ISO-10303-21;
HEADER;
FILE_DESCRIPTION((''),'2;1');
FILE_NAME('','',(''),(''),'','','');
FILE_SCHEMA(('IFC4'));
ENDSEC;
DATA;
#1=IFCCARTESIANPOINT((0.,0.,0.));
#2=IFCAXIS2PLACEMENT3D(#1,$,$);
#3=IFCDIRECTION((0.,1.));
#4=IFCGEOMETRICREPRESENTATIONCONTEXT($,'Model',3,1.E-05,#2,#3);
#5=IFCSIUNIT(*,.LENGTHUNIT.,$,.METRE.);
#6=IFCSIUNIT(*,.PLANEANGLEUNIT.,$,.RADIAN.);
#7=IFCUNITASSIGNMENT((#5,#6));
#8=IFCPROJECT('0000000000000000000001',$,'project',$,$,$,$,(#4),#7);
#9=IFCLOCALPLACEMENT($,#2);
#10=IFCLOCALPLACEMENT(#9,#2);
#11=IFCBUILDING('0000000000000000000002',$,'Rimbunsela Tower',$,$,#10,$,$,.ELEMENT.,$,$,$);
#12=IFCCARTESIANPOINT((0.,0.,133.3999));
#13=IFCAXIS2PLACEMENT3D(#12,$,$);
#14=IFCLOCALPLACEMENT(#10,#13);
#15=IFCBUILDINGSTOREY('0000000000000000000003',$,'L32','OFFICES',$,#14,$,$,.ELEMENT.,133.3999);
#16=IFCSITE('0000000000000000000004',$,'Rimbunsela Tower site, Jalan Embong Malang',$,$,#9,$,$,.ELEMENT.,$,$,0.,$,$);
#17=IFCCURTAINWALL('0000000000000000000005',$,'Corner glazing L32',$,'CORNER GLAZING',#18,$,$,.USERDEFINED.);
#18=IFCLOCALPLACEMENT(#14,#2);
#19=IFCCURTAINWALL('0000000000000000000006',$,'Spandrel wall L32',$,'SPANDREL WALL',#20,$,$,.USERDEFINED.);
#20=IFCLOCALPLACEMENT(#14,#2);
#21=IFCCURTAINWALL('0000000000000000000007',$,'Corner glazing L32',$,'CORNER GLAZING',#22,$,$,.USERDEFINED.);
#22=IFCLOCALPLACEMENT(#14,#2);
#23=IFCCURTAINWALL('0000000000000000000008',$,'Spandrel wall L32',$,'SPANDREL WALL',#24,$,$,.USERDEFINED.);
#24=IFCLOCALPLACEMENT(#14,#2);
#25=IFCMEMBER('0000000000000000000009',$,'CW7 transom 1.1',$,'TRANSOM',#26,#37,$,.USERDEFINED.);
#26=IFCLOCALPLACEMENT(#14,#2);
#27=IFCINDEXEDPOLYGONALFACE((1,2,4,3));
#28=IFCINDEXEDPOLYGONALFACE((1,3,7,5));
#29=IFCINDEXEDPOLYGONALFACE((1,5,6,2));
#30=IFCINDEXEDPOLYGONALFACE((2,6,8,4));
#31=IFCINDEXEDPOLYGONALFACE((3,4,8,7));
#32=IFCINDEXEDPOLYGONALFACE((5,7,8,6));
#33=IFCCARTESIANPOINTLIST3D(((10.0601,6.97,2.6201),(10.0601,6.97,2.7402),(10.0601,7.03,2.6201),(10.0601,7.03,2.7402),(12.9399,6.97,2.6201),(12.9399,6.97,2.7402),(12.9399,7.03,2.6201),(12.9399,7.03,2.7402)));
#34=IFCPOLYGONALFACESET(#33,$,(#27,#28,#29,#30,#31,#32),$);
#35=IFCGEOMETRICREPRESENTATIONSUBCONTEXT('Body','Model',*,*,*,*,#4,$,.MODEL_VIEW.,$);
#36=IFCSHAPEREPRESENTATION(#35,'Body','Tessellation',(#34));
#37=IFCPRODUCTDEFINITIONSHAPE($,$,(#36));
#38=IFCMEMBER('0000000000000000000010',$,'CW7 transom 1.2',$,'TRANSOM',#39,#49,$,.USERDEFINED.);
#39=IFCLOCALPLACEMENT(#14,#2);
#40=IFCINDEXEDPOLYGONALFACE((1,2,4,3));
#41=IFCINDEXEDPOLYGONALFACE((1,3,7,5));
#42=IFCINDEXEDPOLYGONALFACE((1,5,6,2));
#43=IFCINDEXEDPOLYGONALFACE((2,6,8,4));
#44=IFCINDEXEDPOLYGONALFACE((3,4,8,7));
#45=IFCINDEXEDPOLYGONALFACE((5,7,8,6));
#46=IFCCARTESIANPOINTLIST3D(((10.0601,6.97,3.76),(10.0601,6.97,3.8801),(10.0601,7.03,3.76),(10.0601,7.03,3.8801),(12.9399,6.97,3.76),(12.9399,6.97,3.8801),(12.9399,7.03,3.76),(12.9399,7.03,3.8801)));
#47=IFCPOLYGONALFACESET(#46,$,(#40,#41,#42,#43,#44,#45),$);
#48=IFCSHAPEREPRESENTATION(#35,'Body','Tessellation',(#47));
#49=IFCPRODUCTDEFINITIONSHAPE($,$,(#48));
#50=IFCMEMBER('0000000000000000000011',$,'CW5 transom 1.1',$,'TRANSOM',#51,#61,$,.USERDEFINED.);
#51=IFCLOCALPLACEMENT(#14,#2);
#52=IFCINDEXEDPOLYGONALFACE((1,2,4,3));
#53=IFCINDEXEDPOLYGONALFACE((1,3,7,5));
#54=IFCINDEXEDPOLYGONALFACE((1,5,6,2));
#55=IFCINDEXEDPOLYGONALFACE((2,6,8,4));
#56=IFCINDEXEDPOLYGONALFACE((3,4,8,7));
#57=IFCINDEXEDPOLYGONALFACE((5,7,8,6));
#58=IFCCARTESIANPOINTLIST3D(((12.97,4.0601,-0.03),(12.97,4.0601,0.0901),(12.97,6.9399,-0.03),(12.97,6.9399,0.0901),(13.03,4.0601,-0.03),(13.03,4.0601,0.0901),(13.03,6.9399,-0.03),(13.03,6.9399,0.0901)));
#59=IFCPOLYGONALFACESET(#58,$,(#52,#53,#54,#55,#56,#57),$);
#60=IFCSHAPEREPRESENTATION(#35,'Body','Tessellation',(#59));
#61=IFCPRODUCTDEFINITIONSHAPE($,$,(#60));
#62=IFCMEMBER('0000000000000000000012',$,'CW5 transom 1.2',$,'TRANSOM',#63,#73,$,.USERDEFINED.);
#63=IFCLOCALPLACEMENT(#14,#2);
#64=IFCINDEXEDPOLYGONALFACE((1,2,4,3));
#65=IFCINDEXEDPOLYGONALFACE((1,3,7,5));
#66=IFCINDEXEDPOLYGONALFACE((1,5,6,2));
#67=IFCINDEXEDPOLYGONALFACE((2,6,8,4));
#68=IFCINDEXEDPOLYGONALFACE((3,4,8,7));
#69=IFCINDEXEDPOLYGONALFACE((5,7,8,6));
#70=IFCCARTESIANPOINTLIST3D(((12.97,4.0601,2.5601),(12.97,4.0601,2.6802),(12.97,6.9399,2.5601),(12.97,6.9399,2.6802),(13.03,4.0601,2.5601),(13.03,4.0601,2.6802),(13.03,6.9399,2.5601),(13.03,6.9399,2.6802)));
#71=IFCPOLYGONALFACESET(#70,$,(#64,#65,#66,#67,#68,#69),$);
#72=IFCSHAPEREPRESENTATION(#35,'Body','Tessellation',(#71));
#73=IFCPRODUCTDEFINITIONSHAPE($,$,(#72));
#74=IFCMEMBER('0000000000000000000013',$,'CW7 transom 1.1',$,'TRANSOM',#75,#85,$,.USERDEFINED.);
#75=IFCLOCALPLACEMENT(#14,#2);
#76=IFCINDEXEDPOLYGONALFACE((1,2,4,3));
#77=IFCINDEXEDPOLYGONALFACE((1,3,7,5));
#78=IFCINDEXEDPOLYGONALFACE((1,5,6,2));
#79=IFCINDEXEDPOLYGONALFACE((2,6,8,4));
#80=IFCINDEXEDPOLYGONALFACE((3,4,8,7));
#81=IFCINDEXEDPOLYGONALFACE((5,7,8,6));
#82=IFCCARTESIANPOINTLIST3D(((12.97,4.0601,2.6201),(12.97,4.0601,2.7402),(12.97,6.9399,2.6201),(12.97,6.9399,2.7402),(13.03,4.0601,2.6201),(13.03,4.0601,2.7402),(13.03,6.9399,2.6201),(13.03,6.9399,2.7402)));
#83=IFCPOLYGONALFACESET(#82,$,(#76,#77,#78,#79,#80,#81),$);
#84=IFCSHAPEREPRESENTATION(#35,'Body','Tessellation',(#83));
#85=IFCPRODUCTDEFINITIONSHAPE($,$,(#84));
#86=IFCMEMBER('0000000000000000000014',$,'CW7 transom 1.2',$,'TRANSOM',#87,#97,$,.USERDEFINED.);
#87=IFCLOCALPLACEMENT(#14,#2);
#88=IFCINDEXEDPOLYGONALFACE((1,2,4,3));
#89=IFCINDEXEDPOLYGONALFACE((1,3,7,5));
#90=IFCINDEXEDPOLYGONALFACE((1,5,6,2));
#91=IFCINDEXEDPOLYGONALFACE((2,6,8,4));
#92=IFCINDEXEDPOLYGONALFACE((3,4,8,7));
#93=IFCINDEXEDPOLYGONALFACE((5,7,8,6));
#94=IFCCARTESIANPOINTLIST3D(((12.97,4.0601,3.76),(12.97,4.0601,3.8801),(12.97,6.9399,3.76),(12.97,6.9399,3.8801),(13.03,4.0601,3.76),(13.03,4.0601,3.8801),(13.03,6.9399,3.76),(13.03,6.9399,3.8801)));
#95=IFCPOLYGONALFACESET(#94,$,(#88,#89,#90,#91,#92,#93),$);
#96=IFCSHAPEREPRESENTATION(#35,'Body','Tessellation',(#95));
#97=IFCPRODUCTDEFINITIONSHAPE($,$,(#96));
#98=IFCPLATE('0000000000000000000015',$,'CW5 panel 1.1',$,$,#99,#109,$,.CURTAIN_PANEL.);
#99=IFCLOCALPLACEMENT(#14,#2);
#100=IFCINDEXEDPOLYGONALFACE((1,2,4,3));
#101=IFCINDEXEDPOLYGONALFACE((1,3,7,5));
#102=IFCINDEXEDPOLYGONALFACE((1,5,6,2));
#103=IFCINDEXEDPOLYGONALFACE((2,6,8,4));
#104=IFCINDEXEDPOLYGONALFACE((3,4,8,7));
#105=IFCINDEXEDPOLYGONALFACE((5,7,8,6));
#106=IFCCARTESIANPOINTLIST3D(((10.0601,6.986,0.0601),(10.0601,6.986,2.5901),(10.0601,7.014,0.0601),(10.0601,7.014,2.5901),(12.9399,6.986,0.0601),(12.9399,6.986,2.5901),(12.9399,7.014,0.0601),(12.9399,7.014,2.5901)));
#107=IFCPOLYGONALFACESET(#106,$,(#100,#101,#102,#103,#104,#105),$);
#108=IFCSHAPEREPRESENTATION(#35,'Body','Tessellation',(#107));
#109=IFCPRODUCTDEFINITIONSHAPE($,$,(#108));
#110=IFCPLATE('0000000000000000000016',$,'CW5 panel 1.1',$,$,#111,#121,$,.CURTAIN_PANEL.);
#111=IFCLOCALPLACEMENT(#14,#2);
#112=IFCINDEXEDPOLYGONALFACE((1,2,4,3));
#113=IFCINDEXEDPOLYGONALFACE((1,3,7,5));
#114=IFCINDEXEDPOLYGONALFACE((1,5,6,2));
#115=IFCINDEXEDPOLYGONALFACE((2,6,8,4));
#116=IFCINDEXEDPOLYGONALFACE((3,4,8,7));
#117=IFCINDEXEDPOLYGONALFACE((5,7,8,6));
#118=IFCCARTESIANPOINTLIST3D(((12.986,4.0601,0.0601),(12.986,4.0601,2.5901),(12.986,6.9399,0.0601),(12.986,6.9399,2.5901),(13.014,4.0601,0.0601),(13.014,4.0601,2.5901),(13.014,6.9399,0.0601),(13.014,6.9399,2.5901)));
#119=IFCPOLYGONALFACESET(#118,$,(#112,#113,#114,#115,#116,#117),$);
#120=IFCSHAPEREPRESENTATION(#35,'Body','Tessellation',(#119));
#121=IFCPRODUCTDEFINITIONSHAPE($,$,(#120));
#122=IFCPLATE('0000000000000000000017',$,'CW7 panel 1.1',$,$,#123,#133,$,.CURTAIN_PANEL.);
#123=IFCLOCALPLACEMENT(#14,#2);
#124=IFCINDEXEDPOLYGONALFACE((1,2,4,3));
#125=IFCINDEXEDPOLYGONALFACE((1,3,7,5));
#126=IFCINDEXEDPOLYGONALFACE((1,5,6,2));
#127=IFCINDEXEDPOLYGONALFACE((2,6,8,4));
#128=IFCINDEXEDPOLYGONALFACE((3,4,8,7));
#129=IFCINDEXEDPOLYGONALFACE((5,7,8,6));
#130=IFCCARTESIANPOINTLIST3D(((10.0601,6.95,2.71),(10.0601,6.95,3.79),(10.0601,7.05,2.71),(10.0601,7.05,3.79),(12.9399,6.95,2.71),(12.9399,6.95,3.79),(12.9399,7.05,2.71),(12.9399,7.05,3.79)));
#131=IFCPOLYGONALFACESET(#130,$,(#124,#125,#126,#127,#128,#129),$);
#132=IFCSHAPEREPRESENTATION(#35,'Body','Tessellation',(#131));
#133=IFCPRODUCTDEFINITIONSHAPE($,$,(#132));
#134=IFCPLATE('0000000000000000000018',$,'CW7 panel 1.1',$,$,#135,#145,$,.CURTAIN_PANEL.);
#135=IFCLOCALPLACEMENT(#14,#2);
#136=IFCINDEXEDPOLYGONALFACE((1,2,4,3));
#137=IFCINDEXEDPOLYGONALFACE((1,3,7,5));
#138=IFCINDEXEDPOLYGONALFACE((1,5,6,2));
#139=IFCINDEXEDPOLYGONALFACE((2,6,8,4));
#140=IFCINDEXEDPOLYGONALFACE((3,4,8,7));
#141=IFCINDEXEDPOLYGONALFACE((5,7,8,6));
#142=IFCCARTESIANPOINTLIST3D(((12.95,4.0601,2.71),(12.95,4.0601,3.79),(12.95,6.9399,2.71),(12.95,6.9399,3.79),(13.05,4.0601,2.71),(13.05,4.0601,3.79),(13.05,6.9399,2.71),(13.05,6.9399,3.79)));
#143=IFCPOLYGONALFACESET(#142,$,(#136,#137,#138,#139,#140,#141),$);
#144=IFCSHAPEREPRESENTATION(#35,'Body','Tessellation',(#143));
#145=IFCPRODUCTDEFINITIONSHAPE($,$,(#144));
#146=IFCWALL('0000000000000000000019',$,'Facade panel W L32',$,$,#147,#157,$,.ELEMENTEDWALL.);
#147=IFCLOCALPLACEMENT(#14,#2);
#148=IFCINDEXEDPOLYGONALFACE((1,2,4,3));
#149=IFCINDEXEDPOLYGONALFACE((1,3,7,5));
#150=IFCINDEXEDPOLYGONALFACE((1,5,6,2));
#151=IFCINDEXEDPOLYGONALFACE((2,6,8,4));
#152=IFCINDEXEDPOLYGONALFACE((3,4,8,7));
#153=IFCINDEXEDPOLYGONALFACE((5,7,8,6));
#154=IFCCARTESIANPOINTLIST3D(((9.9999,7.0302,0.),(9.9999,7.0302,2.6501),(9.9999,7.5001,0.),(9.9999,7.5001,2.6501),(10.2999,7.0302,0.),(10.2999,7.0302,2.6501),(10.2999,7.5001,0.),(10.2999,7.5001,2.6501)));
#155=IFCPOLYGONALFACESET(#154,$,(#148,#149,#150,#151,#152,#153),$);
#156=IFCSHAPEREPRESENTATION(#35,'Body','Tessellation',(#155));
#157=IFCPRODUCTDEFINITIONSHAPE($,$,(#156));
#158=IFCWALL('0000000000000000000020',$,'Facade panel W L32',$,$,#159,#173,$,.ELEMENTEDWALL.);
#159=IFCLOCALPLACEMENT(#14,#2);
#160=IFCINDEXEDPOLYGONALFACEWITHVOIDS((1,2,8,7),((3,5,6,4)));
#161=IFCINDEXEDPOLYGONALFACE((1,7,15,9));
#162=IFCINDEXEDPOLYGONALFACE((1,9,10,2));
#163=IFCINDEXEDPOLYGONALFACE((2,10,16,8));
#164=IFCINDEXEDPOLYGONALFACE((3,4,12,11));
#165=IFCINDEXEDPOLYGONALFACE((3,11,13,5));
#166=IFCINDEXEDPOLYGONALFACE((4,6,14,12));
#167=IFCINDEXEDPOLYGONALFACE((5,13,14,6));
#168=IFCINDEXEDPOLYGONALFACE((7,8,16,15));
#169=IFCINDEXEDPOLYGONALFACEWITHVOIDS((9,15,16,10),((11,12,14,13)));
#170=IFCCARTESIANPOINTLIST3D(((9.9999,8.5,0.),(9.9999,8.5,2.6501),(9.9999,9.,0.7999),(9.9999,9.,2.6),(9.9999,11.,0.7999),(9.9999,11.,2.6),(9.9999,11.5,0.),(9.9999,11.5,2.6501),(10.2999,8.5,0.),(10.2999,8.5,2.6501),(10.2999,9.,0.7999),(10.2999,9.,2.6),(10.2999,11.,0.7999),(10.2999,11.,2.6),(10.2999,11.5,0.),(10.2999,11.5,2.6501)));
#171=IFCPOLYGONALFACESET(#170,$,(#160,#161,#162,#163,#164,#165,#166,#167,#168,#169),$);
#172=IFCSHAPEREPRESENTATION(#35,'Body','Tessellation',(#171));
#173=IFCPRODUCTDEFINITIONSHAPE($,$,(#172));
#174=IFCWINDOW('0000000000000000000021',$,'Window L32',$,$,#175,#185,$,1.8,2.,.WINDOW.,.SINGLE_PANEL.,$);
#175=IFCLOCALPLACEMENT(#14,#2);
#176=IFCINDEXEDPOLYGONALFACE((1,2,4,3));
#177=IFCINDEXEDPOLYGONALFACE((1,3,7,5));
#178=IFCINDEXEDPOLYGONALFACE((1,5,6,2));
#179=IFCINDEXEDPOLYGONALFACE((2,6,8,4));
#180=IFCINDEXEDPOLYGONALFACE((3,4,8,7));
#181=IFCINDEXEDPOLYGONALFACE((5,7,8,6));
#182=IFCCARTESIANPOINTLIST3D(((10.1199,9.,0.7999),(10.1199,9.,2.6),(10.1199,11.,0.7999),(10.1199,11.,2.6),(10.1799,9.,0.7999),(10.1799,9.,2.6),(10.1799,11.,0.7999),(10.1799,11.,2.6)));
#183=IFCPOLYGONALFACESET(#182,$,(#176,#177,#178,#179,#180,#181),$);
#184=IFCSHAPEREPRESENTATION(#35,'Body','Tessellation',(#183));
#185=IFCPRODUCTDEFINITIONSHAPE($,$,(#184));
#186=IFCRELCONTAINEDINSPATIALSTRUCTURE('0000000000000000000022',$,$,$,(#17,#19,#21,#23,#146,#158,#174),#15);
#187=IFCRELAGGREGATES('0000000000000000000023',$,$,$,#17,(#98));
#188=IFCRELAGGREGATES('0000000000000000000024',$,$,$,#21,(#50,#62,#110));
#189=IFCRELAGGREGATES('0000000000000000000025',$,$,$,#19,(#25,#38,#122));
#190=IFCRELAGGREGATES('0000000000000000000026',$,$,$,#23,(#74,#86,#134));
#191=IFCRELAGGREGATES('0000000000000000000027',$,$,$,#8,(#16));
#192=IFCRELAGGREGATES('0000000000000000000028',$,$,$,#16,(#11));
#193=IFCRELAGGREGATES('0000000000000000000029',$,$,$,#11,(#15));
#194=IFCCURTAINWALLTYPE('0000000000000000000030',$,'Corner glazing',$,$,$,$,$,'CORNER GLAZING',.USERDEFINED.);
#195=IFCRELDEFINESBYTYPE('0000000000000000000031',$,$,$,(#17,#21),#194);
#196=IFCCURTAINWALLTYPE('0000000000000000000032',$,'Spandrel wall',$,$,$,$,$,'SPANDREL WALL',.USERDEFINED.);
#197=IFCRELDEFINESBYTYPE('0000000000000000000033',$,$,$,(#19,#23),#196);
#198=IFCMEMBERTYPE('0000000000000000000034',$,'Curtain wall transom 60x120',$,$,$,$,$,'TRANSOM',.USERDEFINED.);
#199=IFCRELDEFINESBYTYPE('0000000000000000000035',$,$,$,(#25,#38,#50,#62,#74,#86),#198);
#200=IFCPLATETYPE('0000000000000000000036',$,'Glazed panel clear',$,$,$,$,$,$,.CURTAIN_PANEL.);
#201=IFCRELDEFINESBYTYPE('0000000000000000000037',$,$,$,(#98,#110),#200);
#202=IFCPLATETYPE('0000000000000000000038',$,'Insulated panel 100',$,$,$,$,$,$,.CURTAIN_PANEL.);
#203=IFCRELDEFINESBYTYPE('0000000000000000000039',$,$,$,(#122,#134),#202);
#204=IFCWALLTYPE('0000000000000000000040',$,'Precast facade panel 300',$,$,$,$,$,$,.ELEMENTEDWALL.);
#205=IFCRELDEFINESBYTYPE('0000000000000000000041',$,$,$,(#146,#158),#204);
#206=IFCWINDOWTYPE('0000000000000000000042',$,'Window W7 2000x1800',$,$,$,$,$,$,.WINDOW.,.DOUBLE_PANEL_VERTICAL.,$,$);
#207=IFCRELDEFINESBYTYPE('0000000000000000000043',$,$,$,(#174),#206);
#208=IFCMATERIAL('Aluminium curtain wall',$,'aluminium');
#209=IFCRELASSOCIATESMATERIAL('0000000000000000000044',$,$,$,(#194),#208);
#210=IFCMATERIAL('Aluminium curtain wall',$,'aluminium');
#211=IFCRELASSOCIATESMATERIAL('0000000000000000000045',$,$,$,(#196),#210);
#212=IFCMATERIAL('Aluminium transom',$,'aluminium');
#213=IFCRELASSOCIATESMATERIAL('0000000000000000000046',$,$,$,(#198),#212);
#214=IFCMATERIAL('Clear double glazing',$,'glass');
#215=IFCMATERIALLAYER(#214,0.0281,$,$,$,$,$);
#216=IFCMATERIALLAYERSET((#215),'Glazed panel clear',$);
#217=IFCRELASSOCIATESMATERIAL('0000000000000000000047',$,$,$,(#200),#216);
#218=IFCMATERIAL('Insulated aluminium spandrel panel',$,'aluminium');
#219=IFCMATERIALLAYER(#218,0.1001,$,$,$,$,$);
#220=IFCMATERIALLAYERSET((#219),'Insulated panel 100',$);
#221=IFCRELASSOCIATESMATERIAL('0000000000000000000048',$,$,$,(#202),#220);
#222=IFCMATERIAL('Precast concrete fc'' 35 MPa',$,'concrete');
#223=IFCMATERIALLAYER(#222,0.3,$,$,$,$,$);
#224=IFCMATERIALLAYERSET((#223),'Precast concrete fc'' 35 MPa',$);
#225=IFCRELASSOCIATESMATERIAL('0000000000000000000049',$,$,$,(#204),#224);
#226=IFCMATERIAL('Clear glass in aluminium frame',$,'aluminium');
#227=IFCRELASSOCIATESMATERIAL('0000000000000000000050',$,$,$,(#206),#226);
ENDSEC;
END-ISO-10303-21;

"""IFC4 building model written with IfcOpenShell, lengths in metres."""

from ifc_helpers import new_model, si_unit, direction, frame, frame_2d, origin, origin_2d, place, context, subcontext, project, spatial, rectangle, extrude, material, layer, layer_set, material_profile, profile_set, type_object, element, fill, aggregate, save


model = new_model("IFC4")

# Units and contexts
model_context = context("Model", 3, precision=1e-05, world=origin(), true_north=direction((0.0, 1.0)))
body_context = subcontext(model_context, "Body", "Model", "MODEL_VIEW")
ifc_project = project(units=[si_unit("LENGTHUNIT", "METRE"), si_unit("PLANEANGLEUNIT", "RADIAN")], contexts=[model_context])

# Site, building, storey
site_placement = place(None, origin())
site = spatial("IfcSite", under=ifc_project, at=site_placement, Name="Rimbunsela Tower site, Jalan Embong Malang", CompositionType="ELEMENT", RefElevation=0.0)
building_placement = place(site_placement, origin())
building = spatial("IfcBuilding", under=site, at=building_placement, Name="Rimbunsela Tower", CompositionType="ELEMENT")
storey_placement = place(building_placement, frame((0.0, 0.0, 133.3999)))
storey = spatial("IfcBuildingStorey", under=building, at=storey_placement, Name="L32", Description="OFFICES", CompositionType="ELEMENT", Elevation=133.3999)

# Curtain walls
ifc_material_1 = material(Name="Aluminium curtain wall", Category="aluminium")
curtain_wall_type_1 = type_object("IfcCurtainWallType", Name="Corner glazing", ElementType="CORNER GLAZING", PredefinedType="USERDEFINED", material=ifc_material_1)
curtain_wall_1_placement = place(storey_placement, origin())
curtain_wall_1 = element("IfcCurtainWall", 1, at=curtain_wall_1_placement, inside=storey, type_object=curtain_wall_type_1, Name="Corner glazing L32", ObjectType="CORNER GLAZING", PredefinedType="USERDEFINED")
ifc_material_2 = material(Name="Aluminium curtain wall", Category="aluminium")
curtain_wall_type_2 = type_object("IfcCurtainWallType", Name="Spandrel wall", ElementType="SPANDREL WALL", PredefinedType="USERDEFINED", material=ifc_material_2)
curtain_wall_2_placement = place(storey_placement, origin())
curtain_wall_2 = element("IfcCurtainWall", 2, at=curtain_wall_2_placement, inside=storey, type_object=curtain_wall_type_2, Name="Spandrel wall L32", ObjectType="SPANDREL WALL", PredefinedType="USERDEFINED")
curtain_wall_3_placement = place(storey_placement, origin())
curtain_wall_3 = element("IfcCurtainWall", 3, at=curtain_wall_3_placement, inside=storey, type_object=curtain_wall_type_1, Name="Corner glazing L32", ObjectType="CORNER GLAZING", PredefinedType="USERDEFINED")
curtain_wall_4_placement = place(storey_placement, origin())
curtain_wall_4 = element("IfcCurtainWall", 4, at=curtain_wall_4_placement, inside=storey, type_object=curtain_wall_type_2, Name="Spandrel wall L32", ObjectType="SPANDREL WALL", PredefinedType="USERDEFINED")

# Members
ifc_material_3 = material(Name="Aluminium transom", Category="aluminium")
ifc_material_profile_1 = material_profile(ifc_material_3, rectangle(XDim=0.0601, YDim=0.1201, at=origin_2d()), Name="Transom 60x120")
ifc_profile_set_1 = profile_set([ifc_material_profile_1], Name="Aluminium transom")
member_type_1 = type_object("IfcMemberType", Name="Curtain wall transom 60x120", ElementType="TRANSOM", PredefinedType="USERDEFINED", material=ifc_profile_set_1)
member_1_placement = place(storey_placement, frame((10.0601, 7.0, 2.6802), z_axis=(1.0, 0.0, 0.0), x_axis=(0.0, 1.0, 0.0)))
member_1 = element("IfcMember", 5, at=member_1_placement, type_object=member_type_1, Name="CW7 transom 1.1", ObjectType="TRANSOM", PredefinedType="USERDEFINED", context=body_context, shape_type="SweptSolid", body=[
    extrude(rectangle(XDim=0.0601, YDim=0.1201, at=origin_2d()), origin(), (0.0, 0.0, 1.0), 2.8799),
])
member_2_placement = place(storey_placement, frame((10.0601, 7.0, 3.8201), z_axis=(1.0, 0.0, 0.0), x_axis=(0.0, 1.0, 0.0)))
member_2 = element("IfcMember", 6, at=member_2_placement, type_object=member_type_1, Name="CW7 transom 1.2", ObjectType="TRANSOM", PredefinedType="USERDEFINED", context=body_context, shape_type="SweptSolid", body=[
    extrude(rectangle(XDim=0.0601, YDim=0.1201, at=origin_2d()), origin(), (0.0, 0.0, 1.0), 2.8799),
])
member_3_placement = place(storey_placement, frame((13.0, 6.9399, 0.03), z_axis=(0.0, -1.0, 0.0), x_axis=(1.0, 0.0, 0.0)))
member_3 = element("IfcMember", 7, at=member_3_placement, type_object=member_type_1, Name="CW5 transom 1.1", ObjectType="TRANSOM", PredefinedType="USERDEFINED", context=body_context, shape_type="SweptSolid", body=[
    extrude(rectangle(XDim=0.0601, YDim=0.1201, at=origin_2d()), origin(), (0.0, 0.0, 1.0), 2.8799),
])
member_4_placement = place(storey_placement, frame((13.0, 6.9399, 2.6201), z_axis=(0.0, -1.0, 0.0), x_axis=(1.0, 0.0, 0.0)))
member_4 = element("IfcMember", 8, at=member_4_placement, type_object=member_type_1, Name="CW5 transom 1.2", ObjectType="TRANSOM", PredefinedType="USERDEFINED", context=body_context, shape_type="SweptSolid", body=[
    extrude(rectangle(XDim=0.0601, YDim=0.1201, at=origin_2d()), origin(), (0.0, 0.0, 1.0), 2.8799),
])
member_5_placement = place(storey_placement, frame((13.0, 6.9399, 2.6802), z_axis=(0.0, -1.0, 0.0), x_axis=(1.0, 0.0, 0.0)))
member_5 = element("IfcMember", 9, at=member_5_placement, type_object=member_type_1, Name="CW7 transom 1.1", ObjectType="TRANSOM", PredefinedType="USERDEFINED", context=body_context, shape_type="SweptSolid", body=[
    extrude(rectangle(XDim=0.0601, YDim=0.1201, at=origin_2d()), origin(), (0.0, 0.0, 1.0), 2.8799),
])
member_6_placement = place(storey_placement, frame((13.0, 6.9399, 3.8201), z_axis=(0.0, -1.0, 0.0), x_axis=(1.0, 0.0, 0.0)))
member_6 = element("IfcMember", 10, at=member_6_placement, type_object=member_type_1, Name="CW7 transom 1.2", ObjectType="TRANSOM", PredefinedType="USERDEFINED", context=body_context, shape_type="SweptSolid", body=[
    extrude(rectangle(XDim=0.0601, YDim=0.1201, at=origin_2d()), origin(), (0.0, 0.0, 1.0), 2.8799),
])

# Plates
ifc_material_4 = material(Name="Clear double glazing", Category="glass")
ifc_layer_1 = layer(ifc_material_4, 0.0281)
ifc_layer_set_1 = layer_set([ifc_layer_1], Name="Glazed panel clear")
plate_type_1 = type_object("IfcPlateType", Name="Glazed panel clear", PredefinedType="CURTAIN_PANEL", material=ifc_layer_set_1)
plate_1_placement = place(storey_placement, frame((11.5, 7.0, 0.0601), z_axis=(0.0, 0.0, 1.0), x_axis=(1.0, 0.0, 0.0)))
plate_1 = element("IfcPlate", 11, at=plate_1_placement, type_object=plate_type_1, Name="CW5 panel 1.1", PredefinedType="CURTAIN_PANEL", context=body_context, shape_type="SweptSolid", body=[
    extrude(rectangle(XDim=2.8799, YDim=0.0281, at=origin_2d()), origin(), (0.0, 0.0, 1.0), 2.53),
])
aggregate(curtain_wall_1, [plate_1])
plate_2_placement = place(storey_placement, frame((13.0, 5.5, 0.0601), z_axis=(0.0, 0.0, 1.0), x_axis=(0.0, -1.0, 0.0)))
plate_2 = element("IfcPlate", 12, at=plate_2_placement, type_object=plate_type_1, Name="CW5 panel 1.1", PredefinedType="CURTAIN_PANEL", context=body_context, shape_type="SweptSolid", body=[
    extrude(rectangle(XDim=2.8799, YDim=0.0281, at=origin_2d()), origin(), (0.0, 0.0, 1.0), 2.53),
])
aggregate(curtain_wall_3, [member_3, member_4, plate_2])
ifc_material_5 = material(Name="Insulated aluminium spandrel panel", Category="aluminium")
ifc_layer_2 = layer(ifc_material_5, 0.1001)
ifc_layer_set_2 = layer_set([ifc_layer_2], Name="Insulated panel 100")
plate_type_2 = type_object("IfcPlateType", Name="Insulated panel 100", PredefinedType="CURTAIN_PANEL", material=ifc_layer_set_2)
plate_3_placement = place(storey_placement, frame((11.5, 7.0, 2.71), z_axis=(0.0, 0.0, 1.0), x_axis=(1.0, 0.0, 0.0)))
plate_3 = element("IfcPlate", 13, at=plate_3_placement, type_object=plate_type_2, Name="CW7 panel 1.1", PredefinedType="CURTAIN_PANEL", context=body_context, shape_type="SweptSolid", body=[
    extrude(rectangle(XDim=2.8799, YDim=0.1001, at=origin_2d()), origin(), (0.0, 0.0, 1.0), 1.0801),
])
aggregate(curtain_wall_2, [member_1, member_2, plate_3])
plate_4_placement = place(storey_placement, frame((13.0, 5.5, 2.71), z_axis=(0.0, 0.0, 1.0), x_axis=(0.0, -1.0, 0.0)))
plate_4 = element("IfcPlate", 14, at=plate_4_placement, type_object=plate_type_2, Name="CW7 panel 1.1", PredefinedType="CURTAIN_PANEL", context=body_context, shape_type="SweptSolid", body=[
    extrude(rectangle(XDim=2.8799, YDim=0.1001, at=origin_2d()), origin(), (0.0, 0.0, 1.0), 1.0801),
])
aggregate(curtain_wall_4, [member_5, member_6, plate_4])

# Wall
ifc_material_6 = material(Name="Precast concrete fc' 35 MPa", Category="concrete")
ifc_layer_3 = layer(ifc_material_6, 0.3)
ifc_layer_set_3 = layer_set([ifc_layer_3], Name="Precast concrete fc' 35 MPa")
wall_type = type_object("IfcWallType", Name="Precast facade panel 300", PredefinedType="ELEMENTEDWALL", material=ifc_layer_set_3)
wall_1_placement = place(storey_placement, frame((10.1499, 7.5, 0.0), z_axis=(0.0, 0.0, 1.0), x_axis=(0.0, -1.0, 0.0)))
element("IfcWall", 15, at=wall_1_placement, inside=storey, type_object=wall_type, Name="Facade panel W L32", PredefinedType="ELEMENTEDWALL", context=body_context, shape_type="SweptSolid", body=[
    extrude(rectangle(XDim=0.47, YDim=0.3, at=frame_2d((0.2349, 0.0))), origin(), (0.0, 0.0, 1.0), 2.6501),
])

# Wall, opening, window
wall_2_placement = place(storey_placement, frame((10.1499, 11.5, 0.0), z_axis=(0.0, 0.0, 1.0), x_axis=(0.0, -1.0, 0.0)))
wall_2 = element("IfcWall", 16, at=wall_2_placement, inside=storey, type_object=wall_type, Name="Facade panel W L32", PredefinedType="ELEMENTEDWALL", context=body_context, shape_type="SweptSolid", body=[
    extrude(rectangle(XDim=3.0, YDim=0.3, at=frame_2d((1.5, 0.0))), origin(), (0.0, 0.0, 1.0), 2.6501),
])
opening_1_placement = place(wall_2_placement, frame((0.5, 0.0, 0.8)))
opening_1 = element("IfcOpeningElement", 17, at=opening_1_placement, cuts=wall_2, PredefinedType="OPENING", context=body_context, shape_type="SweptSolid", body=[
    extrude(rectangle(XDim=2.0, YDim=1.8, at=frame_2d((1.0, 0.8999))), frame((0.0, 0.1599, 0.0), z_axis=(0.0, -1.0, 0.0), x_axis=(1.0, 0.0, 0.0)), (0.0, 0.0, 1.0), 0.3201),
])
ifc_material_7 = material(Name="Clear glass in aluminium frame", Category="aluminium")
window_type = type_object("IfcWindowType", Name="Window W7 2000x1800", PartitioningType="DOUBLE_PANEL_VERTICAL", PredefinedType="WINDOW", material=ifc_material_7)
window_1_placement = place(opening_1_placement, origin())
window_1 = element("IfcWindow", 18, at=window_1_placement, inside=storey, type_object=window_type, Name="Window L32", OverallHeight=1.8, OverallWidth=2.0, PartitioningType="SINGLE_PANEL", PredefinedType="WINDOW", context=body_context, shape_type="SweptSolid", body=[
    extrude(rectangle(XDim=2.0, YDim=1.8, at=frame_2d((1.0, 0.8999))), frame((0.0, 0.03, 0.0), z_axis=(0.0, -1.0, 0.0), x_axis=(1.0, 0.0, 0.0)), (0.0, 0.0, 1.0), 0.0601),
])
fill(opening_1, window_1)

save(model, "model.ifc")
